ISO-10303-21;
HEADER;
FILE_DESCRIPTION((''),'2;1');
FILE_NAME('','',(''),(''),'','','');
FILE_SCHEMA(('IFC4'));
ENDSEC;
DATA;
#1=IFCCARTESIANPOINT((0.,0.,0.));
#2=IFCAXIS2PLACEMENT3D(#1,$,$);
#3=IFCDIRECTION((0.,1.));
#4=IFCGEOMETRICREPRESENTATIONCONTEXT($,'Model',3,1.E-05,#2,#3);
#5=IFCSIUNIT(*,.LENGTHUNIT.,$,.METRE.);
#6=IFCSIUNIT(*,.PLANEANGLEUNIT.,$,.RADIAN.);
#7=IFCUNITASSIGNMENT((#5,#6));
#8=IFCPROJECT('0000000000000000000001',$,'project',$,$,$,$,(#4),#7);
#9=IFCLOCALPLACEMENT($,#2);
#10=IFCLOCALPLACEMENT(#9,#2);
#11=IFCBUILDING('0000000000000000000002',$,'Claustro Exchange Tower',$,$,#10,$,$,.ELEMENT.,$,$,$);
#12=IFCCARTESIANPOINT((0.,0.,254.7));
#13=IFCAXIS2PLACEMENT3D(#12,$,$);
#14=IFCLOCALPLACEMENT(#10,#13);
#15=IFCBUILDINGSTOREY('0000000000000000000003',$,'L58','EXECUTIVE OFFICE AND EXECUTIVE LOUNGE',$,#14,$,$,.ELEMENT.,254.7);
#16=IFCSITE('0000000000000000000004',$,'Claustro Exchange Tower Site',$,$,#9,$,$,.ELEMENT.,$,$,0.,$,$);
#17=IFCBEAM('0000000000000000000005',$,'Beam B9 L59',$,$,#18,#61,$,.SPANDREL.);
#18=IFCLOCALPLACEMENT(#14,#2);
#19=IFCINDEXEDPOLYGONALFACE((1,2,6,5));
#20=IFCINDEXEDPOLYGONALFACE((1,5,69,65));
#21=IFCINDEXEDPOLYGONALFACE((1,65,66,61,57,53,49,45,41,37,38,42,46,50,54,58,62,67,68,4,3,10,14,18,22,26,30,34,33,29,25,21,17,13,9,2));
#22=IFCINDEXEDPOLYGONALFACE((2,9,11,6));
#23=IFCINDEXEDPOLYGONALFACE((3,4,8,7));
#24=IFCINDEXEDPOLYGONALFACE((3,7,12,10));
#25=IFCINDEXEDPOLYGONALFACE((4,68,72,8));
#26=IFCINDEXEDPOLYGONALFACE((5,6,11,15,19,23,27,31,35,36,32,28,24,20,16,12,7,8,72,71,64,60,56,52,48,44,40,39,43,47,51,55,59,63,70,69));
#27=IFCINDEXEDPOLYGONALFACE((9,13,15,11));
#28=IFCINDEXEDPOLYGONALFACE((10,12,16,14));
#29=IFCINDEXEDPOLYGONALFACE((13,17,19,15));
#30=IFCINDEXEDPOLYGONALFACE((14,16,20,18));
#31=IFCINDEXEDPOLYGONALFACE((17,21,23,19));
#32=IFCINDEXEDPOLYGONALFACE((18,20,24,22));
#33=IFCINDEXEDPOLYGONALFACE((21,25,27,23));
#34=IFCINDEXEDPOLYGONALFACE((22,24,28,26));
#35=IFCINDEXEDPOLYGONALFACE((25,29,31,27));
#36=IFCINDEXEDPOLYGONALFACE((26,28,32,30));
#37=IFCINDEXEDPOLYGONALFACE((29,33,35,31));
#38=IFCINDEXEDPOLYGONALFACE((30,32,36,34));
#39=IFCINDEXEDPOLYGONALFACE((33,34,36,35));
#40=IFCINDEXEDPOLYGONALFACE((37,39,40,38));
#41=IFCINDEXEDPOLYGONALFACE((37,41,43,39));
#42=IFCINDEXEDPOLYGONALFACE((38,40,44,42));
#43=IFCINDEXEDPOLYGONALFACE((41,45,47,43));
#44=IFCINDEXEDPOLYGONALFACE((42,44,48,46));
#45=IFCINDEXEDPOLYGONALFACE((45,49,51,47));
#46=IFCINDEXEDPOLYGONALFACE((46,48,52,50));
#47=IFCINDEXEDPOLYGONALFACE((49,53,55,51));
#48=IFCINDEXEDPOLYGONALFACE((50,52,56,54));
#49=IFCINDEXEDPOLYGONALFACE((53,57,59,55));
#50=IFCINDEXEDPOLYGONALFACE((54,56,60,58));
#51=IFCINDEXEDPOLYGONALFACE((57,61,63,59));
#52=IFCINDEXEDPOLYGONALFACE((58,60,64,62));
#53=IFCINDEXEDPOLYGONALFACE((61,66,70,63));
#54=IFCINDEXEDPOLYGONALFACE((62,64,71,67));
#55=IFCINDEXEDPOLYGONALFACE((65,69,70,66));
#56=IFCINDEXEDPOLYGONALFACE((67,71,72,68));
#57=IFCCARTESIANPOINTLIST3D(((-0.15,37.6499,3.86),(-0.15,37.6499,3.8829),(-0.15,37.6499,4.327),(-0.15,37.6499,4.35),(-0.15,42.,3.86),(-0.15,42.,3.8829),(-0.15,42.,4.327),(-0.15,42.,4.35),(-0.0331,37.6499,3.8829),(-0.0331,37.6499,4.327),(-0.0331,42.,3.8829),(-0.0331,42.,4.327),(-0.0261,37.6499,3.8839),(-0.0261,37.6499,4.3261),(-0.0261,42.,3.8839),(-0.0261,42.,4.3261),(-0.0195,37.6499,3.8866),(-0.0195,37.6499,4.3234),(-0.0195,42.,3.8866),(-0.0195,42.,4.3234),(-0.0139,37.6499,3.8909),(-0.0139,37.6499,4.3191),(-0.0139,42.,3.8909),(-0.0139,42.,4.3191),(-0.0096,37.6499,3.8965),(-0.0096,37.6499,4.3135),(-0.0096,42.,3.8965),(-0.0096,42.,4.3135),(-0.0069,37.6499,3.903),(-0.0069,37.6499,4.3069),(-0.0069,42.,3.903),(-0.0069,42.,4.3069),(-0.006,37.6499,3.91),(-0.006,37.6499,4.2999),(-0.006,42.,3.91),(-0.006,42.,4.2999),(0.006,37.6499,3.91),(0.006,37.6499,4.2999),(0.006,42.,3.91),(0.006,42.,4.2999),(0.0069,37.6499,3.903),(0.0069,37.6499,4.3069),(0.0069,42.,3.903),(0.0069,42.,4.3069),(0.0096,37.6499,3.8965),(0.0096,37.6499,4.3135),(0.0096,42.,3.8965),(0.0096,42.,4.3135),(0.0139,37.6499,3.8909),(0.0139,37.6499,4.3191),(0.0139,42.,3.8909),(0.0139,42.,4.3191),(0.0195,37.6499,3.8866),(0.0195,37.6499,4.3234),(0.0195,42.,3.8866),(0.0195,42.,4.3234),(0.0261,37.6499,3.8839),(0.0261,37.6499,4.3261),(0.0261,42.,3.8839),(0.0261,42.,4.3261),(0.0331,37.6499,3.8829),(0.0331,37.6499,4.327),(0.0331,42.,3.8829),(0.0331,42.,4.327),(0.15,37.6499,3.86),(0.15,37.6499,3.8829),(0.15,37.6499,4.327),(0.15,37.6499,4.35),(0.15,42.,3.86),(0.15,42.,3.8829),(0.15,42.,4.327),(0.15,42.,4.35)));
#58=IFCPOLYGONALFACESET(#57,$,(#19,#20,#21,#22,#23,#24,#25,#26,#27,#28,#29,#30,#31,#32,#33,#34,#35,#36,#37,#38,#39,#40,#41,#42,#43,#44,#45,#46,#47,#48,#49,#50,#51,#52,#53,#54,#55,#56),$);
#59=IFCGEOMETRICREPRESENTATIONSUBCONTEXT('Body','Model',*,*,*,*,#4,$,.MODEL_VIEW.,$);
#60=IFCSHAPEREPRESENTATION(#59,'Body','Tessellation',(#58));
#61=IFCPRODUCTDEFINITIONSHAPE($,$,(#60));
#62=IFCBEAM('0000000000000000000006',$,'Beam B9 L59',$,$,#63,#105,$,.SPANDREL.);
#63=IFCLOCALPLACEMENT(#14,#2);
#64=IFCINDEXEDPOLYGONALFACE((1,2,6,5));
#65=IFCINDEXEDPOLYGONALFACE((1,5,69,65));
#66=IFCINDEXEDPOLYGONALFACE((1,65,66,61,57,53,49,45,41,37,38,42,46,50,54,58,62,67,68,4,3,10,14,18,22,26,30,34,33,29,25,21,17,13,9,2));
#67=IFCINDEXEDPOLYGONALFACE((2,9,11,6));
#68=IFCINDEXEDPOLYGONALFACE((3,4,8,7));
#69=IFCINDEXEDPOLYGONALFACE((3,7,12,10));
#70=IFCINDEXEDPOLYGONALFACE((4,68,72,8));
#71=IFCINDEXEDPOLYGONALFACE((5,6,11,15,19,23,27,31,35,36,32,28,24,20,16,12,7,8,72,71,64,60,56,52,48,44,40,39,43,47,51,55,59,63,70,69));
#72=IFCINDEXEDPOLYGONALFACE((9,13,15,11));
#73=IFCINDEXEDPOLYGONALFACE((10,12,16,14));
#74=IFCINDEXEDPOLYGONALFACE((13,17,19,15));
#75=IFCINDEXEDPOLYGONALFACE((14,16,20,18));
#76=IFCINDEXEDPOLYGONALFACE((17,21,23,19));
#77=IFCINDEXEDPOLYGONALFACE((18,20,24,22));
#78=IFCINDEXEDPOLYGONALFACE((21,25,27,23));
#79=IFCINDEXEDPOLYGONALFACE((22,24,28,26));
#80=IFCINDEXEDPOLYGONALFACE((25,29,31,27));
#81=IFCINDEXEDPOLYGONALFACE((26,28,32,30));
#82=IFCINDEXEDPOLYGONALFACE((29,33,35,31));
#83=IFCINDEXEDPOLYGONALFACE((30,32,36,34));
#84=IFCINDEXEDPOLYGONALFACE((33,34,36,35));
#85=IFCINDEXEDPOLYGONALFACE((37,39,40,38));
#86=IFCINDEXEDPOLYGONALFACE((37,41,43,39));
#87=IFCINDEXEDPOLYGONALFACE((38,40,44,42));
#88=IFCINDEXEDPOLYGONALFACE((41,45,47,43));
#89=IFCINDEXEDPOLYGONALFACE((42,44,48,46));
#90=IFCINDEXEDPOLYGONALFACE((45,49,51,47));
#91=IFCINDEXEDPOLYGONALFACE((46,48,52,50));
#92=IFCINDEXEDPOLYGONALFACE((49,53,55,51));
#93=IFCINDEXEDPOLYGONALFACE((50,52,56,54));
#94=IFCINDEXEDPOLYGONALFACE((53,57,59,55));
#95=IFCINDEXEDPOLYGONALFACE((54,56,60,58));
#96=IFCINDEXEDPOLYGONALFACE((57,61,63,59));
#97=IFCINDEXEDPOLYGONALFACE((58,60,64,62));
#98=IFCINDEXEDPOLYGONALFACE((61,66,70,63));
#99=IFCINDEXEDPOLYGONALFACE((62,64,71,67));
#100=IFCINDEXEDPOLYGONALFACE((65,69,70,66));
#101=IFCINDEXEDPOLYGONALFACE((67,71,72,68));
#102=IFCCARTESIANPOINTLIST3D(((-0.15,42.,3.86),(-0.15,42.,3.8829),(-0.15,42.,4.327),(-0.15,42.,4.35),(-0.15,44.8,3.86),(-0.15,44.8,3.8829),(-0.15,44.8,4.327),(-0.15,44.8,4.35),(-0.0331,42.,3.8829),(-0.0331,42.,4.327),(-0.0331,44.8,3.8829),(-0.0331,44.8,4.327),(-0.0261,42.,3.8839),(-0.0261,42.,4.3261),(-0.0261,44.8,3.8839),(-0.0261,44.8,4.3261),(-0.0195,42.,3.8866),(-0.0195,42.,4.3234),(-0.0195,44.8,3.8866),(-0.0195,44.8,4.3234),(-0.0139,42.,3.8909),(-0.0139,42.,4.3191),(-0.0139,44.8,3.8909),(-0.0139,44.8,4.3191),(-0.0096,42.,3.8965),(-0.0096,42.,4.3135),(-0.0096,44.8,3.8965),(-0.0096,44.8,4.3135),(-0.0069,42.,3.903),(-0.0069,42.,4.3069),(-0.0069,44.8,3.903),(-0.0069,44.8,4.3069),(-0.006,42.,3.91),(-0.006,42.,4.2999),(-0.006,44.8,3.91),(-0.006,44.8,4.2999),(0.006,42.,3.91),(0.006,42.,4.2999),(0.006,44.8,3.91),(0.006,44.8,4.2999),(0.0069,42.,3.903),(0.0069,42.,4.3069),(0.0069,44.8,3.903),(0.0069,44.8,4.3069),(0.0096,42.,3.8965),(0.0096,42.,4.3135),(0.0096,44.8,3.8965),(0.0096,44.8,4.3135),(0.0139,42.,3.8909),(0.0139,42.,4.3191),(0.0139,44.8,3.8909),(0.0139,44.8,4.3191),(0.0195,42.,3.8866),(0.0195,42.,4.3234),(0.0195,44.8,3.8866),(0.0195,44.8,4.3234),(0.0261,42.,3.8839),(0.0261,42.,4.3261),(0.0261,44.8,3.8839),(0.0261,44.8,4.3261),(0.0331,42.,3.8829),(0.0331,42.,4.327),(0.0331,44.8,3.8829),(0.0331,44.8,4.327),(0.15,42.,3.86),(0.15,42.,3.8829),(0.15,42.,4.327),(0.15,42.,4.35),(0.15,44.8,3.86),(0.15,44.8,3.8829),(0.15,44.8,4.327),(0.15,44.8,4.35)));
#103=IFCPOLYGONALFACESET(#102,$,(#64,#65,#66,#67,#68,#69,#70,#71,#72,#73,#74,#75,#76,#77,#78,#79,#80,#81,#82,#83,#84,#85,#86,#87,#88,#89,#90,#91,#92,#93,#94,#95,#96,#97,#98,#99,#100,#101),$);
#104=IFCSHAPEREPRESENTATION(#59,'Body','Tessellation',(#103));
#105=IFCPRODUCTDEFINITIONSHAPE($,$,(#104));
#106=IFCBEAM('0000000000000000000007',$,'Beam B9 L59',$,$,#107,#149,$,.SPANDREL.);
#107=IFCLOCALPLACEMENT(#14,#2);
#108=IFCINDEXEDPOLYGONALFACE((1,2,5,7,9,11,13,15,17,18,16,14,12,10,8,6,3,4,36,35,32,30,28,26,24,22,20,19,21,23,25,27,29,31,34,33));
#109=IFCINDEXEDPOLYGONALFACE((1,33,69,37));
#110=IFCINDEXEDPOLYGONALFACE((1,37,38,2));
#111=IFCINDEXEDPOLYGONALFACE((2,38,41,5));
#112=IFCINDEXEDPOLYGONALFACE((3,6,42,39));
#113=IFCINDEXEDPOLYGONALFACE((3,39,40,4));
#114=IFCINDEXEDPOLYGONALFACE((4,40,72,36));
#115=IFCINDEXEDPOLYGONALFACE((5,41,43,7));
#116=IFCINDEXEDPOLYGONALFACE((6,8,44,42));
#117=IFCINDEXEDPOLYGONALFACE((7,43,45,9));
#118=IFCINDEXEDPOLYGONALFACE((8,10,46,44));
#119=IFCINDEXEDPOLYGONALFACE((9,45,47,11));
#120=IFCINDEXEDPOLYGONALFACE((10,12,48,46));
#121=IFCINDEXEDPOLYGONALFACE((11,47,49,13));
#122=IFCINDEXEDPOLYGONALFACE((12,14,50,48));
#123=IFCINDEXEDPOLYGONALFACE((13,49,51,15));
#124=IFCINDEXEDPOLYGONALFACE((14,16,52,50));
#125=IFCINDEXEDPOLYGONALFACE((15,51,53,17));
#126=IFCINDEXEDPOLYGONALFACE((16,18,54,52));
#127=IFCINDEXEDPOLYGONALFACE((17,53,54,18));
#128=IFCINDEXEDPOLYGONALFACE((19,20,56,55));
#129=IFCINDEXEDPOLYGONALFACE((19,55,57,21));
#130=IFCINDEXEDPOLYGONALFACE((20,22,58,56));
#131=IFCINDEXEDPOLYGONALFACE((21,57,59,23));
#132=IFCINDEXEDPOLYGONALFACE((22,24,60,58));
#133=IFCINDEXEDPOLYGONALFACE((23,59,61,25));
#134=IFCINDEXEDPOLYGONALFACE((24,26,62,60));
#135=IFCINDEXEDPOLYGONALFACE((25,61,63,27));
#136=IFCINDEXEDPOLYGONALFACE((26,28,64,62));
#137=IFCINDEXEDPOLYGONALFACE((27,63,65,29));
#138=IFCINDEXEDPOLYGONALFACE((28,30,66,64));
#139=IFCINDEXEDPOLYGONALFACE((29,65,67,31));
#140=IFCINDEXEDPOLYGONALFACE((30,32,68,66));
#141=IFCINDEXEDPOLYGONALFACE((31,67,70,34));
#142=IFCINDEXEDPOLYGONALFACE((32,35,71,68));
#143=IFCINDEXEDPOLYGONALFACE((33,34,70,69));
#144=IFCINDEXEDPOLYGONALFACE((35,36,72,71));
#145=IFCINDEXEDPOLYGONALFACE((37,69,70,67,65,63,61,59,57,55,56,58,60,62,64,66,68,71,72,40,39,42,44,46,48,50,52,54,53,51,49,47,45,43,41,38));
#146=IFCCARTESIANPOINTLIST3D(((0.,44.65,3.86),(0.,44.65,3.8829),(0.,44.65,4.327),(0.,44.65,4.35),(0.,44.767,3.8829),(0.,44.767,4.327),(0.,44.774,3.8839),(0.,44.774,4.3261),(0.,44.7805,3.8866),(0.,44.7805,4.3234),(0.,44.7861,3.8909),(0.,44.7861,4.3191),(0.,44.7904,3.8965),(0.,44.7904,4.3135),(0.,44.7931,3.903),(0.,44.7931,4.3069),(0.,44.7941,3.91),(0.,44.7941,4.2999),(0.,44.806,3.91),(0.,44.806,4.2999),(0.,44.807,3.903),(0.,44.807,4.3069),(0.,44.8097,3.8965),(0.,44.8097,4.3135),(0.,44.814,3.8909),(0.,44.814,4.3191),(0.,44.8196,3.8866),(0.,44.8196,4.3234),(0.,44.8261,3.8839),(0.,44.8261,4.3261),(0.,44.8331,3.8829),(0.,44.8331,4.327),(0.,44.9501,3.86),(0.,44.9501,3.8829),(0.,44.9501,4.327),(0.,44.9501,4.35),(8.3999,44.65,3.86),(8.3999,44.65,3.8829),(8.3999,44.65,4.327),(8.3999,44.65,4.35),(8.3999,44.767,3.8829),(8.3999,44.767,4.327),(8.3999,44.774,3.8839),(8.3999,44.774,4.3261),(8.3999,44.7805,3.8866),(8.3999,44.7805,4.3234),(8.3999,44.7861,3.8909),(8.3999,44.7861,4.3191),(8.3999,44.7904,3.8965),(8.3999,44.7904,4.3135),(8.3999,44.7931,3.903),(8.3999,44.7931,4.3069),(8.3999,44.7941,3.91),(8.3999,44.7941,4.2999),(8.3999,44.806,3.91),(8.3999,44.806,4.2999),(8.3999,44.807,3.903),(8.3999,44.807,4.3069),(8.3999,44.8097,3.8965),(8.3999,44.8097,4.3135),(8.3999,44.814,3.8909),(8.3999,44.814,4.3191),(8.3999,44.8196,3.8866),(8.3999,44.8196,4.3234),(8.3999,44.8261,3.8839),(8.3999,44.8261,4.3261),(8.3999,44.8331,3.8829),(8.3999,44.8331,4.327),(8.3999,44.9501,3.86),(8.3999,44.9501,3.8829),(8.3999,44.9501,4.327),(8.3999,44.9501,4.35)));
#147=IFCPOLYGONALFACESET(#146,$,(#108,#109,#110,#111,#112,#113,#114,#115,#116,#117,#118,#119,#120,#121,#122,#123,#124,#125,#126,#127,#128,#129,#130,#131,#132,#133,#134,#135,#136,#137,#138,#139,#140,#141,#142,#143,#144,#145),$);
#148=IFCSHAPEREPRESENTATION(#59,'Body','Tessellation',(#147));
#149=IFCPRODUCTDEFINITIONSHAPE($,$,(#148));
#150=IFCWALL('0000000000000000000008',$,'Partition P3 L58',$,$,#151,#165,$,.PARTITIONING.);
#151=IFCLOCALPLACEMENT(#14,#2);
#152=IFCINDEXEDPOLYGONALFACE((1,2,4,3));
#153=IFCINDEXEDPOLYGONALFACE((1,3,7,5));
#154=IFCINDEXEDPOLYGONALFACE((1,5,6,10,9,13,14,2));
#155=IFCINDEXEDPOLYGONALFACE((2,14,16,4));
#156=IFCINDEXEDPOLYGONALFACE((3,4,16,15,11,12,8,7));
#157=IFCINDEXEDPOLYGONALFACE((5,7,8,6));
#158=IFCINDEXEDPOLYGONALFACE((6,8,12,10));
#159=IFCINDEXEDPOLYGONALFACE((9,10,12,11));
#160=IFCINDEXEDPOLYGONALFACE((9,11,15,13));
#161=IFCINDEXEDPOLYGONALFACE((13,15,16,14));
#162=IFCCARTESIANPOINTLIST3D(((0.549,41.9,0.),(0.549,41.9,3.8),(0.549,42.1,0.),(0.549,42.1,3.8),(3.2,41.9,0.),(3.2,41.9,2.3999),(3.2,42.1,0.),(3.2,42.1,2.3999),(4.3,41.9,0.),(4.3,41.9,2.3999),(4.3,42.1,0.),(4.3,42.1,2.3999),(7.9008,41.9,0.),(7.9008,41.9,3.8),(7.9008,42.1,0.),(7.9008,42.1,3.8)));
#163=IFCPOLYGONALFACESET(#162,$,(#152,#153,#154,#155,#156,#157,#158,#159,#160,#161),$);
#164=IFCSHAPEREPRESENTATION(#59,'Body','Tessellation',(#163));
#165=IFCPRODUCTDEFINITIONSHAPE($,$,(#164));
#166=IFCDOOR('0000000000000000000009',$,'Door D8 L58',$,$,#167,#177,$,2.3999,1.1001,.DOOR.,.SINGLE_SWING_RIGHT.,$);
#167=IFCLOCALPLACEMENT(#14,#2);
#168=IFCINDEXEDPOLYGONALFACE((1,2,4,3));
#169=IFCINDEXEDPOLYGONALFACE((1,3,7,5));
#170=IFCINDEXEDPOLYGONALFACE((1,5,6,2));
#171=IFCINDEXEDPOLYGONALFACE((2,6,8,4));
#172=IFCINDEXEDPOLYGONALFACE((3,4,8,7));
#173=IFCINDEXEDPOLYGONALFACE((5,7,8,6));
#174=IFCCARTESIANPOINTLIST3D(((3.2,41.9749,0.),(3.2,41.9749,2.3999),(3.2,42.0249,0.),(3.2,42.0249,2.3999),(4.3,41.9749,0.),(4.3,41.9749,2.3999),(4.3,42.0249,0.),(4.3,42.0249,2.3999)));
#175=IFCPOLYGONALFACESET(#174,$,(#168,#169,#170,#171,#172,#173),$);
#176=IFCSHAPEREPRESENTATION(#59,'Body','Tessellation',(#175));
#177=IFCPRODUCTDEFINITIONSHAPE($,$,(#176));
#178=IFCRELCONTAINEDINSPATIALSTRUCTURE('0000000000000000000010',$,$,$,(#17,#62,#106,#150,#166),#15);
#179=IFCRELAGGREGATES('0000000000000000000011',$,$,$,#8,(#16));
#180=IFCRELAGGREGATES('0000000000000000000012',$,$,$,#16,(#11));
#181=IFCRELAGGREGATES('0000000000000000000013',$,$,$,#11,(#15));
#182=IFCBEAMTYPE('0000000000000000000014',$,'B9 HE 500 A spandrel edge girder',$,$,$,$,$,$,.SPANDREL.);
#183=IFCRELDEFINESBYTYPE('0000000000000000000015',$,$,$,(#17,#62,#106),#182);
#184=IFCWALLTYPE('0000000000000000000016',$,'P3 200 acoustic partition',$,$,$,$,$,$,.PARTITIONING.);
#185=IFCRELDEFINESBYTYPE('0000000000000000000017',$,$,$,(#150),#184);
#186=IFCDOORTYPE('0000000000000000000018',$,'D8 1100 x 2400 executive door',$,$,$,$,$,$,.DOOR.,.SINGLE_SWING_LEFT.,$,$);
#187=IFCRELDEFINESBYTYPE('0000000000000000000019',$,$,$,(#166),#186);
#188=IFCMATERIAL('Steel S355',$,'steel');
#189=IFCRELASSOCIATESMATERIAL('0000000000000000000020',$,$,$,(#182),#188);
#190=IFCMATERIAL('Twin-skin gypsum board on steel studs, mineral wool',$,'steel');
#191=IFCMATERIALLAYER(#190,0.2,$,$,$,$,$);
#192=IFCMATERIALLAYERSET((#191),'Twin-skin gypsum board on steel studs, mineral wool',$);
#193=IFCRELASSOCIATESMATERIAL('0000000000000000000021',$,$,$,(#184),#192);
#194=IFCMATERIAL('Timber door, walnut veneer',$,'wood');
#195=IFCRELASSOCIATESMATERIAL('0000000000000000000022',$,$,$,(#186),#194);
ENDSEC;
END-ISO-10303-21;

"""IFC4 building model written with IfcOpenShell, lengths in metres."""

from ifc_helpers import new_model, si_unit, direction, frame, frame_2d, origin, origin_2d, place, context, subcontext, project, spatial, rectangle, i_section, extrude, material, layer, layer_set, material_profile, profile_set, type_object, element, fill, save


model = new_model("IFC4")

# Units and contexts
model_context = context("Model", 3, precision=1e-05, world=origin(), true_north=direction((0.0, 1.0)))
body_context = subcontext(model_context, "Body", "Model", "MODEL_VIEW")
ifc_project = project(units=[si_unit("LENGTHUNIT", "METRE"), si_unit("PLANEANGLEUNIT", "RADIAN")], contexts=[model_context])

# Site, building, storey
site_placement = place(None, origin())
site = spatial("IfcSite", under=ifc_project, at=site_placement, Name="Claustro Exchange Tower Site", CompositionType="ELEMENT", RefElevation=0.0)
building_placement = place(site_placement, origin())
building = spatial("IfcBuilding", under=site, at=building_placement, Name="Claustro Exchange Tower", CompositionType="ELEMENT")
storey_placement = place(building_placement, frame((0.0, 0.0, 254.7)))
storey = spatial("IfcBuildingStorey", under=building, at=storey_placement, Name="L58", Description="EXECUTIVE OFFICE AND EXECUTIVE LOUNGE", CompositionType="ELEMENT", Elevation=254.7)

# Beams
ifc_material_1 = material(Name="Steel S355", Category="steel")
ifc_material_profile_1 = material_profile(ifc_material_1, i_section(OverallWidth=0.3, OverallDepth=0.49, WebThickness=0.012, FlangeThickness=0.0229, FilletRadius=0.0271, at=origin_2d()), Name="HE 500 A")
ifc_profile_set_1 = profile_set([ifc_material_profile_1], Name="Steel S355")
beam_type_1 = type_object("IfcBeamType", Name="B9 HE 500 A spandrel edge girder", PredefinedType="SPANDREL", material=ifc_profile_set_1)
beam_1_placement = place(storey_placement, frame((0.0, 37.6499, 4.105), z_axis=(0.0, 1.0, 0.0), x_axis=(-1.0, 0.0, 0.0)))
element("IfcBeam", 1, at=beam_1_placement, inside=storey, type_object=beam_type_1, Name="Beam B9 L59", PredefinedType="SPANDREL", context=body_context, shape_type="SweptSolid", body=[
    extrude(i_section(OverallWidth=0.3, OverallDepth=0.49, WebThickness=0.012, FlangeThickness=0.0229, FilletRadius=0.0271, at=origin_2d()), origin(), (0.0, 0.0, 1.0), 4.3501),
])
beam_2_placement = place(storey_placement, frame((0.0, 42.0, 4.105), z_axis=(0.0, 1.0, 0.0), x_axis=(-1.0, 0.0, 0.0)))
element("IfcBeam", 2, at=beam_2_placement, inside=storey, type_object=beam_type_1, Name="Beam B9 L59", PredefinedType="SPANDREL", context=body_context, shape_type="SweptSolid", body=[
    extrude(i_section(OverallWidth=0.3, OverallDepth=0.49, WebThickness=0.012, FlangeThickness=0.0229, FilletRadius=0.0271, at=origin_2d()), origin(), (0.0, 0.0, 1.0), 2.8),
])
beam_3_placement = place(storey_placement, frame((0.0, 44.8, 4.105), z_axis=(1.0, 0.0, 0.0), x_axis=(0.0, 1.0, 0.0)))
element("IfcBeam", 3, at=beam_3_placement, inside=storey, type_object=beam_type_1, Name="Beam B9 L59", PredefinedType="SPANDREL", context=body_context, shape_type="SweptSolid", body=[
    extrude(i_section(OverallWidth=0.3, OverallDepth=0.49, WebThickness=0.012, FlangeThickness=0.0229, FilletRadius=0.0271, at=origin_2d()), origin(), (0.0, 0.0, 1.0), 8.3999),
])

# Wall, opening, door
ifc_material_2 = material(Name="Twin-skin gypsum board on steel studs, mineral wool", Category="steel")
ifc_layer_1 = layer(ifc_material_2, 0.2)
ifc_layer_set_1 = layer_set([ifc_layer_1], Name="Twin-skin gypsum board on steel studs, mineral wool")
wall_type_1 = type_object("IfcWallType", Name="P3 200 acoustic partition", PredefinedType="PARTITIONING", material=ifc_layer_set_1)
wall_1_placement = place(storey_placement, frame((0.5491, 42.0, 0.0), z_axis=(0.0, 0.0, 1.0), x_axis=(1.0, 0.0, 0.0)))
wall_1 = element("IfcWall", 4, at=wall_1_placement, inside=storey, type_object=wall_type_1, Name="Partition P3 L58", PredefinedType="PARTITIONING", context=body_context, shape_type="SweptSolid", body=[
    extrude(rectangle(XDim=7.3518, YDim=0.2, at=frame_2d((3.6758, 0.0))), origin(), (0.0, 0.0, 1.0), 3.8),
])
opening_1_placement = place(wall_1_placement, frame((2.6509, 0.0, 0.0)))
opening_1 = element("IfcOpeningElement", 5, at=opening_1_placement, cuts=wall_1, PredefinedType="OPENING", context=body_context, shape_type="SweptSolid", body=[
    extrude(rectangle(XDim=1.1001, YDim=2.3999, at=frame_2d((0.55, 1.2))), frame((0.0, 0.1099, 0.0), z_axis=(0.0, -1.0, 0.0), x_axis=(1.0, 0.0, 0.0)), (0.0, 0.0, 1.0), 0.22),
])
ifc_material_3 = material(Name="Timber door, walnut veneer", Category="wood")
door_type_1 = type_object("IfcDoorType", Name="D8 1100 x 2400 executive door", OperationType="SINGLE_SWING_LEFT", PredefinedType="DOOR", material=ifc_material_3)
door_1_placement = place(opening_1_placement, origin())
door_1 = element("IfcDoor", 6, at=door_1_placement, inside=storey, type_object=door_type_1, Name="Door D8 L58", OperationType="SINGLE_SWING_RIGHT", OverallHeight=2.3999, OverallWidth=1.1001, PredefinedType="DOOR", context=body_context, shape_type="SweptSolid", body=[
    extrude(rectangle(XDim=1.1001, YDim=2.3999, at=frame_2d((0.55, 1.2))), frame((0.0, 0.0249, 0.0), z_axis=(0.0, -1.0, 0.0), x_axis=(1.0, 0.0, 0.0)), (0.0, 0.0, 1.0), 0.05),
])
fill(opening_1, door_1)

save(model, "model.ifc")
